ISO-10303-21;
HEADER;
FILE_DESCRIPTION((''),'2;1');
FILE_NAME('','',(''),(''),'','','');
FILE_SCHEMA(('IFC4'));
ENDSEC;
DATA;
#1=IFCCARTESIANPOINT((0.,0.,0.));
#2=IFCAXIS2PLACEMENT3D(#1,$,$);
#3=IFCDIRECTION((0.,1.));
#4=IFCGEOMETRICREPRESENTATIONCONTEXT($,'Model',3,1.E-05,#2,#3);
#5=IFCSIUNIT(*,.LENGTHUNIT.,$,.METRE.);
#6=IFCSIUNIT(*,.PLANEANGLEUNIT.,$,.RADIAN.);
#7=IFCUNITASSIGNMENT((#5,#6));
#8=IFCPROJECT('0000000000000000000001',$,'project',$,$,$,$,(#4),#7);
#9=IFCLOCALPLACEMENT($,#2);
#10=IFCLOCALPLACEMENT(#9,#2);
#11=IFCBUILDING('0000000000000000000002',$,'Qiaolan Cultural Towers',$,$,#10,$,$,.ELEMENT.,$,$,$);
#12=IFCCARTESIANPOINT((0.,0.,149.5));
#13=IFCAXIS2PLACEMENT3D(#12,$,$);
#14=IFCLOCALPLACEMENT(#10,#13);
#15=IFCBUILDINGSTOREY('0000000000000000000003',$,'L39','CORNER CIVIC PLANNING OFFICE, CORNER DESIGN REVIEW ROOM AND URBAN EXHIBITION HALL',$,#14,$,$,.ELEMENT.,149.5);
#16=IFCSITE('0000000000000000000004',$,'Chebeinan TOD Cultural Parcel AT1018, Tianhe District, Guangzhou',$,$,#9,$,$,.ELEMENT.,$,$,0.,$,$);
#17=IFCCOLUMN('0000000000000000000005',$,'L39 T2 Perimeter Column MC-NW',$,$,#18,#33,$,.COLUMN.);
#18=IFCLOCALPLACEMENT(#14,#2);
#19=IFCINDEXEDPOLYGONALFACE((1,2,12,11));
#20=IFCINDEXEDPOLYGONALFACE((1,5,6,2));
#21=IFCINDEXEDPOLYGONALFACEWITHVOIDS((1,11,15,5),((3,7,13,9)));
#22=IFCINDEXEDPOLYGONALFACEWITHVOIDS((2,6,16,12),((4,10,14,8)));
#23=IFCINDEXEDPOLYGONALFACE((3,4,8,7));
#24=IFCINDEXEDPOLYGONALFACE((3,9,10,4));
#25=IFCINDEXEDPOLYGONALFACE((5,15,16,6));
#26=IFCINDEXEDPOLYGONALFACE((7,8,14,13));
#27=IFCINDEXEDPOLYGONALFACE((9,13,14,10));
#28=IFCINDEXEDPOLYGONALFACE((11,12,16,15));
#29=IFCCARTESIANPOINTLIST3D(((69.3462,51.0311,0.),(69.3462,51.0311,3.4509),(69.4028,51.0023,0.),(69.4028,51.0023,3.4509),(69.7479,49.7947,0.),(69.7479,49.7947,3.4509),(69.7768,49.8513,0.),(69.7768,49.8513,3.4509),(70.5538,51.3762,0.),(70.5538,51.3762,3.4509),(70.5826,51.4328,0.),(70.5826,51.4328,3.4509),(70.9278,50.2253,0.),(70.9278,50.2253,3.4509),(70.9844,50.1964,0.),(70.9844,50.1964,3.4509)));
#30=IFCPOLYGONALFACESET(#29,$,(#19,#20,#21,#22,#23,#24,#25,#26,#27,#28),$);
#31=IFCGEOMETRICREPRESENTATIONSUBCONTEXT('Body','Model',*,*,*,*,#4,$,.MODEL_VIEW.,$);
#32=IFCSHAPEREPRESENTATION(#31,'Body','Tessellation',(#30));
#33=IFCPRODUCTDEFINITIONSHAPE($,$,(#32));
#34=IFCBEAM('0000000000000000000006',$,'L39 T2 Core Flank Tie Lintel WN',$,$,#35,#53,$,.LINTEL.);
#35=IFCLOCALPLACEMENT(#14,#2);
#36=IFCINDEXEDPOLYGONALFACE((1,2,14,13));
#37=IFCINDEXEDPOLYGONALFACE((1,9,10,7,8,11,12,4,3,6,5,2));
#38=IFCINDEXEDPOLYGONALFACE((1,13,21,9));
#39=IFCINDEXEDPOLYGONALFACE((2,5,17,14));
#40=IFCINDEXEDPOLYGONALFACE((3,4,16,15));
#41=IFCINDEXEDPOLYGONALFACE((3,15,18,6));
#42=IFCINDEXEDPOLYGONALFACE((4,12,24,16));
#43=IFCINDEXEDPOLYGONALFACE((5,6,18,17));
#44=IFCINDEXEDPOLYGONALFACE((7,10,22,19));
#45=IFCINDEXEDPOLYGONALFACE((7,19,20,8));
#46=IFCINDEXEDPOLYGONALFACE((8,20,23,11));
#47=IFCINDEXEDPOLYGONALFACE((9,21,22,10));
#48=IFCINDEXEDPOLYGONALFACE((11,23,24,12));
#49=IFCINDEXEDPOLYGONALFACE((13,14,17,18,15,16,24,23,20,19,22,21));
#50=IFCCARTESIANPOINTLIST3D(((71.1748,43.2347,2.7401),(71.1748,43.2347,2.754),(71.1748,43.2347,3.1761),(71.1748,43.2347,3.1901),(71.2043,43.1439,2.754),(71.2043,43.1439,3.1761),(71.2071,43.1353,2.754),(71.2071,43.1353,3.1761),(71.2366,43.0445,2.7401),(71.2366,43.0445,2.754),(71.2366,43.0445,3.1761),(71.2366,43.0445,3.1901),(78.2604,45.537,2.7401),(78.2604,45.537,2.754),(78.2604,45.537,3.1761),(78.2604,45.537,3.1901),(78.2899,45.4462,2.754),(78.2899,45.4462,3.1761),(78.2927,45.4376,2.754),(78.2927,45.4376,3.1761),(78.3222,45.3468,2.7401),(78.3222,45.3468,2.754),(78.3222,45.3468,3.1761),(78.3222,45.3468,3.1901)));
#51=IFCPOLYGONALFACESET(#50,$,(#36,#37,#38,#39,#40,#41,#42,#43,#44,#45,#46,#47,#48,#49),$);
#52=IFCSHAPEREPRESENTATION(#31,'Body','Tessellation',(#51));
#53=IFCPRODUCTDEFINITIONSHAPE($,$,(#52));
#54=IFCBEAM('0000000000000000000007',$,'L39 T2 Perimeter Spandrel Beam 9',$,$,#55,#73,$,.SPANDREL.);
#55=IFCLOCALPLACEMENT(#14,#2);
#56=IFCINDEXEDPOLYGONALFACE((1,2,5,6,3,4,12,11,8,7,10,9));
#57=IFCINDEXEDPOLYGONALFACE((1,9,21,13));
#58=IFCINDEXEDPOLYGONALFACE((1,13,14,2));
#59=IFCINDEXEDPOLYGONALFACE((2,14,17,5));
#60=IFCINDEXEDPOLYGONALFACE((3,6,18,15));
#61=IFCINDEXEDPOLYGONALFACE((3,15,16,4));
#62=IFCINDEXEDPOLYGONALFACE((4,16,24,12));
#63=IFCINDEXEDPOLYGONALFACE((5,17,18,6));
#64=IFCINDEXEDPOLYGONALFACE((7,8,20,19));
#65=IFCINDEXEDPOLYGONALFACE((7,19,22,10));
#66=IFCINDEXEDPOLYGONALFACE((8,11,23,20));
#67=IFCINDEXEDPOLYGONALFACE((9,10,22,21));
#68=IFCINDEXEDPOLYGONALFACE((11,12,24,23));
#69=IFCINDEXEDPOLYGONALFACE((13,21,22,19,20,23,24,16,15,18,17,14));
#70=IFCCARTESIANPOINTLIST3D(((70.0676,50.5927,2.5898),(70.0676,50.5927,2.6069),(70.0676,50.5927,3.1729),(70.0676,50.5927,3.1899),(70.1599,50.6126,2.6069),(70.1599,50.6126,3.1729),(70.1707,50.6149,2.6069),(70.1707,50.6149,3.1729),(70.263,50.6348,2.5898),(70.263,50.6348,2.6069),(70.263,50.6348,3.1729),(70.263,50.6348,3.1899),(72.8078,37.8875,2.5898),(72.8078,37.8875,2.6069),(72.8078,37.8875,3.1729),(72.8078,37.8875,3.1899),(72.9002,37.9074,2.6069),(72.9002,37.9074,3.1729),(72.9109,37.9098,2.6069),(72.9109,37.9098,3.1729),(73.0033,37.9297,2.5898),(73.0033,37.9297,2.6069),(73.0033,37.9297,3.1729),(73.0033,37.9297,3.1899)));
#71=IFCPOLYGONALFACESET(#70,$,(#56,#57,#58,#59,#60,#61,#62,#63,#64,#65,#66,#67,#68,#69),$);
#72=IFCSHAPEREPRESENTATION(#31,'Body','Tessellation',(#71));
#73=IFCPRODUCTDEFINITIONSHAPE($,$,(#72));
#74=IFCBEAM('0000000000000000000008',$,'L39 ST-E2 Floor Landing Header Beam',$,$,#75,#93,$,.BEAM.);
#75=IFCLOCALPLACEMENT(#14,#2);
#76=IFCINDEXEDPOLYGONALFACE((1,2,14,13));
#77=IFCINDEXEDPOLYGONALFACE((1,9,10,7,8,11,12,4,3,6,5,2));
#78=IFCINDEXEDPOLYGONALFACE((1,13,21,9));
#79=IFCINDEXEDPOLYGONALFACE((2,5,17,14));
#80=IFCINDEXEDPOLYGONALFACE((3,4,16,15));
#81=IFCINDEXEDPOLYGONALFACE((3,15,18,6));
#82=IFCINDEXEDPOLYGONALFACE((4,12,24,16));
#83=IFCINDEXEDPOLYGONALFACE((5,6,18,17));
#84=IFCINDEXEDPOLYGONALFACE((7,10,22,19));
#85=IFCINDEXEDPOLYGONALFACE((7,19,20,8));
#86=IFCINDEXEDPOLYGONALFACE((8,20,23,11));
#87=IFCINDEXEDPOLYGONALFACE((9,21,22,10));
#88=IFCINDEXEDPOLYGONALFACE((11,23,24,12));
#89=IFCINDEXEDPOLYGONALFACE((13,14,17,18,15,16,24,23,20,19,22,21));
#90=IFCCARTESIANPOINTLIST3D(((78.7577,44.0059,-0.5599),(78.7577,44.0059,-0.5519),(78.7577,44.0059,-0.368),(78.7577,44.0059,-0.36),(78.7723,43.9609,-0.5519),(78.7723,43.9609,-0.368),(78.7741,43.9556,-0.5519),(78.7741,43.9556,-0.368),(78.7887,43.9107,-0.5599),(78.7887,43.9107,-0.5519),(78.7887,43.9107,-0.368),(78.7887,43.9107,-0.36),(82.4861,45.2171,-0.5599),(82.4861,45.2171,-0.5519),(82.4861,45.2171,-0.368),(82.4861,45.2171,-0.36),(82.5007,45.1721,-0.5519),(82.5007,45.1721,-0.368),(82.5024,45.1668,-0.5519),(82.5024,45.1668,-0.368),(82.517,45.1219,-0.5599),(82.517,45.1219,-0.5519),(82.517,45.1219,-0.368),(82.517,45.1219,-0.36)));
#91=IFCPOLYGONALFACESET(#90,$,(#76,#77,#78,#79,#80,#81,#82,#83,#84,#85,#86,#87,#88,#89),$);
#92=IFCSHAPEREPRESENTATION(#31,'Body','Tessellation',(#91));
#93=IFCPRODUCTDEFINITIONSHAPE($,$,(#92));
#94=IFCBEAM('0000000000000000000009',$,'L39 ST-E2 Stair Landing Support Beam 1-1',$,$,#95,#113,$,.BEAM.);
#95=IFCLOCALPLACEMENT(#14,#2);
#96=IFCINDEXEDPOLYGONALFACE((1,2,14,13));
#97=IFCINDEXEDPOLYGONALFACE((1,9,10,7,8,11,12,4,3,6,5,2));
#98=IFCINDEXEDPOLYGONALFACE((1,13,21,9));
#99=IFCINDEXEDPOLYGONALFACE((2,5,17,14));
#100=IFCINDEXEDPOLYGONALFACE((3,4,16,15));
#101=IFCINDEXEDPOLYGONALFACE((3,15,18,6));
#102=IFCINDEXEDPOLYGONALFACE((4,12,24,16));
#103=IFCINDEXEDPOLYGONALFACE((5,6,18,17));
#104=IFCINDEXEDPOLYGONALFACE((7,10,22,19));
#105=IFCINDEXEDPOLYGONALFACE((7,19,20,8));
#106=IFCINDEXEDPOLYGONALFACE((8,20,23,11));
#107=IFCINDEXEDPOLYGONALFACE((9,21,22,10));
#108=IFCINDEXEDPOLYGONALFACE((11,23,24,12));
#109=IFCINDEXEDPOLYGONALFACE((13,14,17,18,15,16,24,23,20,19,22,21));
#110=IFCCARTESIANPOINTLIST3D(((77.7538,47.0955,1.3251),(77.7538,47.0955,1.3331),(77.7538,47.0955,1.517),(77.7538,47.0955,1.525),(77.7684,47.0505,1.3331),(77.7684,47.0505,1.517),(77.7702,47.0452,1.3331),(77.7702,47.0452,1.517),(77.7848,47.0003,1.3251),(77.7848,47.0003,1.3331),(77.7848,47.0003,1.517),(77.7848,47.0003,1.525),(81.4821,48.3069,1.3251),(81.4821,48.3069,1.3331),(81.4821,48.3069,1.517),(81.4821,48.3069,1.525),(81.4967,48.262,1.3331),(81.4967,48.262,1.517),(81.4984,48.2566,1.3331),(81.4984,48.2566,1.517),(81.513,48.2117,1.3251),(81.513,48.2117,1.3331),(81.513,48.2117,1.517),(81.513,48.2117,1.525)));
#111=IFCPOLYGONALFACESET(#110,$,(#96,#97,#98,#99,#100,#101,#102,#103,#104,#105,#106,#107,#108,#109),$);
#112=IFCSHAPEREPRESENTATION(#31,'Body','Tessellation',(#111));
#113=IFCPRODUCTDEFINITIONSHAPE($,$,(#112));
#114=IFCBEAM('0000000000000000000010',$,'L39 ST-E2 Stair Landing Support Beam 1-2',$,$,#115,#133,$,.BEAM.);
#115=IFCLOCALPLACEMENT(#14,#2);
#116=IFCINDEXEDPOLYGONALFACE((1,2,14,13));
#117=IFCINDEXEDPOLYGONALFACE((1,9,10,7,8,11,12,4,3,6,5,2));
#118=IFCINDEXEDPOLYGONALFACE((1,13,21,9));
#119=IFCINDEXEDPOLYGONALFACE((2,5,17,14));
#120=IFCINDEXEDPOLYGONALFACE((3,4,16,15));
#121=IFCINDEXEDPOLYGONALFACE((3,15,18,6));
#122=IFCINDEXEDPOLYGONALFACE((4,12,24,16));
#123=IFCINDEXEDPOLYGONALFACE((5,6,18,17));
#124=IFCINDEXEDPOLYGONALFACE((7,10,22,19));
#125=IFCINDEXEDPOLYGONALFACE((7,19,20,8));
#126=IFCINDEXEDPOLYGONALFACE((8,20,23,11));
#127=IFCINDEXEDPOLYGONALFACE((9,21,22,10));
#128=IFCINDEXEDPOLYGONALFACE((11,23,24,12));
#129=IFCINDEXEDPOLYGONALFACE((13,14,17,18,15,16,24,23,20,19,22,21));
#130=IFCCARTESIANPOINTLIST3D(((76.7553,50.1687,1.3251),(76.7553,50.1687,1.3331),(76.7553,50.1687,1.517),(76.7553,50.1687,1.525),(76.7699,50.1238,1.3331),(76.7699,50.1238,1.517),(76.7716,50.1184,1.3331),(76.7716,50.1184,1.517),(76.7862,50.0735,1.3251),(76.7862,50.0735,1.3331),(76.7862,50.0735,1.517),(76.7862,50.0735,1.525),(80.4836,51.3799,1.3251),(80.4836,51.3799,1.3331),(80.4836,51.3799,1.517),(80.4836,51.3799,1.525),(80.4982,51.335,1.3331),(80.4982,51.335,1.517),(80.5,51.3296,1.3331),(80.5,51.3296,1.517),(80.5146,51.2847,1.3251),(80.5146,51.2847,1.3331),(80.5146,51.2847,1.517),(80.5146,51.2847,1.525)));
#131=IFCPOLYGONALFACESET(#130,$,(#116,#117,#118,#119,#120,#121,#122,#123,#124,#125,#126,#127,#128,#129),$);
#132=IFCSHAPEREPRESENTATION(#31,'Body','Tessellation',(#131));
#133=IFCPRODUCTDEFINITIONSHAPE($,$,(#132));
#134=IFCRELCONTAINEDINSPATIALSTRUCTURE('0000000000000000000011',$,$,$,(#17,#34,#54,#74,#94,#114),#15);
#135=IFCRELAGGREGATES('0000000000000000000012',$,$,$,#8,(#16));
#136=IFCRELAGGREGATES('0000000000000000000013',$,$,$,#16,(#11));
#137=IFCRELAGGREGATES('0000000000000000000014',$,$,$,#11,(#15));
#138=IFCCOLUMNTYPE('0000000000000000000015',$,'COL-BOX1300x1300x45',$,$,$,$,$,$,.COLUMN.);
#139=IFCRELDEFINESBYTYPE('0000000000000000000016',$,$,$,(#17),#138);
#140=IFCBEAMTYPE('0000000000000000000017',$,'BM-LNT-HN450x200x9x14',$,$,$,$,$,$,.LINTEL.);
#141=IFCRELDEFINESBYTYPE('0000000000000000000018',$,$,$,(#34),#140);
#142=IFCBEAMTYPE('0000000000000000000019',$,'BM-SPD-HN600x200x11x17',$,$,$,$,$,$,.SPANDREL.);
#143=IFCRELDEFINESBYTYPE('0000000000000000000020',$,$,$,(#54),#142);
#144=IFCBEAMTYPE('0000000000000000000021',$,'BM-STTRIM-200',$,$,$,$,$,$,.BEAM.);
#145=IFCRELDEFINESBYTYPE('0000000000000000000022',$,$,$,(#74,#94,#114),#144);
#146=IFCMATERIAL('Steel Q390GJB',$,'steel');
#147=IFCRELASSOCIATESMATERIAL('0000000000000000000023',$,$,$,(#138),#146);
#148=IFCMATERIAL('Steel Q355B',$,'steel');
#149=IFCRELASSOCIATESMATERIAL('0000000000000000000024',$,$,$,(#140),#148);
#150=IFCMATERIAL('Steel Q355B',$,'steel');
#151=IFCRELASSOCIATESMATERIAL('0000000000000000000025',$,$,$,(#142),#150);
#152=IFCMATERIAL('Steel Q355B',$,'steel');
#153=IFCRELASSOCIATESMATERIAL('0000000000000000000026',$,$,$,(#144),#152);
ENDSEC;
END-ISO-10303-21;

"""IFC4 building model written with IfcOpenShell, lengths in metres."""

from ifc_helpers import new_model, si_unit, direction, frame, origin, origin_2d, place, context, subcontext, project, spatial, hollow_rectangle, i_section, extrude, material, material_profile, profile_set, type_object, element, save


model = new_model("IFC4")

# Units and contexts
model_context = context("Model", 3, precision=1e-05, world=origin(), true_north=direction((0.0, 1.0)))
body_context = subcontext(model_context, "Body", "Model", "MODEL_VIEW")
ifc_project = project(units=[si_unit("LENGTHUNIT", "METRE"), si_unit("PLANEANGLEUNIT", "RADIAN")], contexts=[model_context])

# Site, building, storey
site_placement = place(None, origin())
site = spatial("IfcSite", under=ifc_project, at=site_placement, Name="Chebeinan TOD Cultural Parcel AT1018, Tianhe District, Guangzhou", CompositionType="ELEMENT", RefElevation=0.0)
building_placement = place(site_placement, origin())
building = spatial("IfcBuilding", under=site, at=building_placement, Name="Qiaolan Cultural Towers", CompositionType="ELEMENT")
storey_placement = place(building_placement, frame((0.0, 0.0, 149.5)))
storey = spatial("IfcBuildingStorey", under=building, at=storey_placement, Name="L39", Description="CORNER CIVIC PLANNING OFFICE, CORNER DESIGN REVIEW ROOM AND URBAN EXHIBITION HALL", CompositionType="ELEMENT", Elevation=149.5)

# Column
ifc_material_1 = material(Name="Steel Q390GJB", Category="steel")
ifc_material_profile_1 = material_profile(ifc_material_1, hollow_rectangle(XDim=1.3, YDim=1.3, WallThickness=0.0449, at=origin_2d()), Name="BOX1300x1300x45")
ifc_profile_set_1 = profile_set([ifc_material_profile_1], Name="Steel Q390GJB")
column_type = type_object("IfcColumnType", Name="COL-BOX1300x1300x45", PredefinedType="COLUMN", material=ifc_profile_set_1)
column_placement = place(storey_placement, frame((70.1653, 50.6138, 0.0), z_axis=(0.0, 0.0, 1.0), x_axis=(0.951057, 0.309017, 0.0)))
element("IfcColumn", 1, at=column_placement, inside=storey, type_object=column_type, Name="L39 T2 Perimeter Column MC-NW", PredefinedType="COLUMN", context=body_context, shape_type="SweptSolid", body=[
    extrude(hollow_rectangle(XDim=1.3, YDim=1.3, WallThickness=0.0449, at=origin_2d()), origin(), (0.0, 0.0, 1.0), 3.4509),
])

# Beams
ifc_material_2 = material(Name="Steel Q355B", Category="steel")
ifc_material_profile_2 = material_profile(ifc_material_2, i_section(OverallWidth=0.2, OverallDepth=0.45, WebThickness=0.009, FlangeThickness=0.0139, at=origin_2d()), Name="HN450x200x9x14")
ifc_profile_set_2 = profile_set([ifc_material_profile_2], Name="Steel Q355B")
beam_type_1 = type_object("IfcBeamType", Name="BM-LNT-HN450x200x9x14", PredefinedType="LINTEL", material=ifc_profile_set_2)
beam_1_placement = place(storey_placement, frame((78.2913, 45.4419, 2.9651), z_axis=(-0.951055, -0.309022, 0.0), x_axis=(0.309022, -0.951055, 0.0)))
element("IfcBeam", 2, at=beam_1_placement, inside=storey, type_object=beam_type_1, Name="L39 T2 Core Flank Tie Lintel WN", PredefinedType="LINTEL", context=body_context, shape_type="SweptSolid", body=[
    extrude(i_section(OverallWidth=0.2, OverallDepth=0.45, WebThickness=0.009, FlangeThickness=0.0139, at=origin_2d()), origin(), (0.0, 0.0, 1.0), 7.4502),
])
ifc_material_3 = material(Name="Steel Q355B", Category="steel")
ifc_material_profile_3 = material_profile(ifc_material_3, i_section(OverallWidth=0.2, OverallDepth=0.6001, WebThickness=0.011, FlangeThickness=0.0171, at=origin_2d()), Name="HN600x200x11x17")
ifc_profile_set_3 = profile_set([ifc_material_profile_3], Name="Steel Q355B")
beam_type_2 = type_object("IfcBeamType", Name="BM-SPD-HN600x200x11x17", PredefinedType="SPANDREL", material=ifc_profile_set_3)
beam_2_placement = place(storey_placement, frame((70.1653, 50.6138, 2.8899), z_axis=(0.210832, -0.977522, 0.0), x_axis=(0.977522, 0.210832, 0.0)))
element("IfcBeam", 3, at=beam_2_placement, inside=storey, type_object=beam_type_2, Name="L39 T2 Perimeter Spandrel Beam 9", PredefinedType="SPANDREL", context=body_context, shape_type="SweptSolid", body=[
    extrude(i_section(OverallWidth=0.2, OverallDepth=0.6001, WebThickness=0.011, FlangeThickness=0.0171, at=origin_2d()), origin(), (0.0, 0.0, 1.0), 12.9973),
])
ifc_material_4 = material(Name="Steel Q355B", Category="steel")
ifc_material_profile_4 = material_profile(ifc_material_4, i_section(OverallWidth=0.1001, OverallDepth=0.2, WebThickness=0.0056, FlangeThickness=0.0081, at=origin_2d()), Name="HN200x100x5.5x8")
ifc_profile_set_4 = profile_set([ifc_material_profile_4], Name="Steel Q355B")
beam_type_3 = type_object("IfcBeamType", Name="BM-STTRIM-200", PredefinedType="BEAM", material=ifc_profile_set_4)
for number, where, z_axis, x_axis, name in (
    (4, (78.7732, 43.9583, -0.46), (0.951072, 0.308969, 0.0), (-0.308969, 0.951072, 0.0), "L39 ST-E2 Floor Landing Header Beam"),
    (5, (77.7693, 47.0479, 1.425), (0.951054, 0.309026, 0.0), (-0.309026, 0.951054, 0.0), "L39 ST-E2 Stair Landing Support Beam 1-1"),
    (6, (76.7708, 50.1211, 1.425), (0.951072, 0.308969, 0.0), (-0.308969, 0.951072, 0.0), "L39 ST-E2 Stair Landing Support Beam 1-2"),
):
    element("IfcBeam", number, at=place(storey_placement, frame(where, z_axis=z_axis, x_axis=x_axis)), inside=storey, type_object=beam_type_3, Name=name, PredefinedType="BEAM", context=body_context, shape_type="SweptSolid", body=[
        extrude(i_section(OverallWidth=0.1001, OverallDepth=0.2, WebThickness=0.0056, FlangeThickness=0.0081, at=origin_2d()), origin(), (0.0, 0.0, 1.0), 3.9202),
    ])

save(model, "model.ifc")
